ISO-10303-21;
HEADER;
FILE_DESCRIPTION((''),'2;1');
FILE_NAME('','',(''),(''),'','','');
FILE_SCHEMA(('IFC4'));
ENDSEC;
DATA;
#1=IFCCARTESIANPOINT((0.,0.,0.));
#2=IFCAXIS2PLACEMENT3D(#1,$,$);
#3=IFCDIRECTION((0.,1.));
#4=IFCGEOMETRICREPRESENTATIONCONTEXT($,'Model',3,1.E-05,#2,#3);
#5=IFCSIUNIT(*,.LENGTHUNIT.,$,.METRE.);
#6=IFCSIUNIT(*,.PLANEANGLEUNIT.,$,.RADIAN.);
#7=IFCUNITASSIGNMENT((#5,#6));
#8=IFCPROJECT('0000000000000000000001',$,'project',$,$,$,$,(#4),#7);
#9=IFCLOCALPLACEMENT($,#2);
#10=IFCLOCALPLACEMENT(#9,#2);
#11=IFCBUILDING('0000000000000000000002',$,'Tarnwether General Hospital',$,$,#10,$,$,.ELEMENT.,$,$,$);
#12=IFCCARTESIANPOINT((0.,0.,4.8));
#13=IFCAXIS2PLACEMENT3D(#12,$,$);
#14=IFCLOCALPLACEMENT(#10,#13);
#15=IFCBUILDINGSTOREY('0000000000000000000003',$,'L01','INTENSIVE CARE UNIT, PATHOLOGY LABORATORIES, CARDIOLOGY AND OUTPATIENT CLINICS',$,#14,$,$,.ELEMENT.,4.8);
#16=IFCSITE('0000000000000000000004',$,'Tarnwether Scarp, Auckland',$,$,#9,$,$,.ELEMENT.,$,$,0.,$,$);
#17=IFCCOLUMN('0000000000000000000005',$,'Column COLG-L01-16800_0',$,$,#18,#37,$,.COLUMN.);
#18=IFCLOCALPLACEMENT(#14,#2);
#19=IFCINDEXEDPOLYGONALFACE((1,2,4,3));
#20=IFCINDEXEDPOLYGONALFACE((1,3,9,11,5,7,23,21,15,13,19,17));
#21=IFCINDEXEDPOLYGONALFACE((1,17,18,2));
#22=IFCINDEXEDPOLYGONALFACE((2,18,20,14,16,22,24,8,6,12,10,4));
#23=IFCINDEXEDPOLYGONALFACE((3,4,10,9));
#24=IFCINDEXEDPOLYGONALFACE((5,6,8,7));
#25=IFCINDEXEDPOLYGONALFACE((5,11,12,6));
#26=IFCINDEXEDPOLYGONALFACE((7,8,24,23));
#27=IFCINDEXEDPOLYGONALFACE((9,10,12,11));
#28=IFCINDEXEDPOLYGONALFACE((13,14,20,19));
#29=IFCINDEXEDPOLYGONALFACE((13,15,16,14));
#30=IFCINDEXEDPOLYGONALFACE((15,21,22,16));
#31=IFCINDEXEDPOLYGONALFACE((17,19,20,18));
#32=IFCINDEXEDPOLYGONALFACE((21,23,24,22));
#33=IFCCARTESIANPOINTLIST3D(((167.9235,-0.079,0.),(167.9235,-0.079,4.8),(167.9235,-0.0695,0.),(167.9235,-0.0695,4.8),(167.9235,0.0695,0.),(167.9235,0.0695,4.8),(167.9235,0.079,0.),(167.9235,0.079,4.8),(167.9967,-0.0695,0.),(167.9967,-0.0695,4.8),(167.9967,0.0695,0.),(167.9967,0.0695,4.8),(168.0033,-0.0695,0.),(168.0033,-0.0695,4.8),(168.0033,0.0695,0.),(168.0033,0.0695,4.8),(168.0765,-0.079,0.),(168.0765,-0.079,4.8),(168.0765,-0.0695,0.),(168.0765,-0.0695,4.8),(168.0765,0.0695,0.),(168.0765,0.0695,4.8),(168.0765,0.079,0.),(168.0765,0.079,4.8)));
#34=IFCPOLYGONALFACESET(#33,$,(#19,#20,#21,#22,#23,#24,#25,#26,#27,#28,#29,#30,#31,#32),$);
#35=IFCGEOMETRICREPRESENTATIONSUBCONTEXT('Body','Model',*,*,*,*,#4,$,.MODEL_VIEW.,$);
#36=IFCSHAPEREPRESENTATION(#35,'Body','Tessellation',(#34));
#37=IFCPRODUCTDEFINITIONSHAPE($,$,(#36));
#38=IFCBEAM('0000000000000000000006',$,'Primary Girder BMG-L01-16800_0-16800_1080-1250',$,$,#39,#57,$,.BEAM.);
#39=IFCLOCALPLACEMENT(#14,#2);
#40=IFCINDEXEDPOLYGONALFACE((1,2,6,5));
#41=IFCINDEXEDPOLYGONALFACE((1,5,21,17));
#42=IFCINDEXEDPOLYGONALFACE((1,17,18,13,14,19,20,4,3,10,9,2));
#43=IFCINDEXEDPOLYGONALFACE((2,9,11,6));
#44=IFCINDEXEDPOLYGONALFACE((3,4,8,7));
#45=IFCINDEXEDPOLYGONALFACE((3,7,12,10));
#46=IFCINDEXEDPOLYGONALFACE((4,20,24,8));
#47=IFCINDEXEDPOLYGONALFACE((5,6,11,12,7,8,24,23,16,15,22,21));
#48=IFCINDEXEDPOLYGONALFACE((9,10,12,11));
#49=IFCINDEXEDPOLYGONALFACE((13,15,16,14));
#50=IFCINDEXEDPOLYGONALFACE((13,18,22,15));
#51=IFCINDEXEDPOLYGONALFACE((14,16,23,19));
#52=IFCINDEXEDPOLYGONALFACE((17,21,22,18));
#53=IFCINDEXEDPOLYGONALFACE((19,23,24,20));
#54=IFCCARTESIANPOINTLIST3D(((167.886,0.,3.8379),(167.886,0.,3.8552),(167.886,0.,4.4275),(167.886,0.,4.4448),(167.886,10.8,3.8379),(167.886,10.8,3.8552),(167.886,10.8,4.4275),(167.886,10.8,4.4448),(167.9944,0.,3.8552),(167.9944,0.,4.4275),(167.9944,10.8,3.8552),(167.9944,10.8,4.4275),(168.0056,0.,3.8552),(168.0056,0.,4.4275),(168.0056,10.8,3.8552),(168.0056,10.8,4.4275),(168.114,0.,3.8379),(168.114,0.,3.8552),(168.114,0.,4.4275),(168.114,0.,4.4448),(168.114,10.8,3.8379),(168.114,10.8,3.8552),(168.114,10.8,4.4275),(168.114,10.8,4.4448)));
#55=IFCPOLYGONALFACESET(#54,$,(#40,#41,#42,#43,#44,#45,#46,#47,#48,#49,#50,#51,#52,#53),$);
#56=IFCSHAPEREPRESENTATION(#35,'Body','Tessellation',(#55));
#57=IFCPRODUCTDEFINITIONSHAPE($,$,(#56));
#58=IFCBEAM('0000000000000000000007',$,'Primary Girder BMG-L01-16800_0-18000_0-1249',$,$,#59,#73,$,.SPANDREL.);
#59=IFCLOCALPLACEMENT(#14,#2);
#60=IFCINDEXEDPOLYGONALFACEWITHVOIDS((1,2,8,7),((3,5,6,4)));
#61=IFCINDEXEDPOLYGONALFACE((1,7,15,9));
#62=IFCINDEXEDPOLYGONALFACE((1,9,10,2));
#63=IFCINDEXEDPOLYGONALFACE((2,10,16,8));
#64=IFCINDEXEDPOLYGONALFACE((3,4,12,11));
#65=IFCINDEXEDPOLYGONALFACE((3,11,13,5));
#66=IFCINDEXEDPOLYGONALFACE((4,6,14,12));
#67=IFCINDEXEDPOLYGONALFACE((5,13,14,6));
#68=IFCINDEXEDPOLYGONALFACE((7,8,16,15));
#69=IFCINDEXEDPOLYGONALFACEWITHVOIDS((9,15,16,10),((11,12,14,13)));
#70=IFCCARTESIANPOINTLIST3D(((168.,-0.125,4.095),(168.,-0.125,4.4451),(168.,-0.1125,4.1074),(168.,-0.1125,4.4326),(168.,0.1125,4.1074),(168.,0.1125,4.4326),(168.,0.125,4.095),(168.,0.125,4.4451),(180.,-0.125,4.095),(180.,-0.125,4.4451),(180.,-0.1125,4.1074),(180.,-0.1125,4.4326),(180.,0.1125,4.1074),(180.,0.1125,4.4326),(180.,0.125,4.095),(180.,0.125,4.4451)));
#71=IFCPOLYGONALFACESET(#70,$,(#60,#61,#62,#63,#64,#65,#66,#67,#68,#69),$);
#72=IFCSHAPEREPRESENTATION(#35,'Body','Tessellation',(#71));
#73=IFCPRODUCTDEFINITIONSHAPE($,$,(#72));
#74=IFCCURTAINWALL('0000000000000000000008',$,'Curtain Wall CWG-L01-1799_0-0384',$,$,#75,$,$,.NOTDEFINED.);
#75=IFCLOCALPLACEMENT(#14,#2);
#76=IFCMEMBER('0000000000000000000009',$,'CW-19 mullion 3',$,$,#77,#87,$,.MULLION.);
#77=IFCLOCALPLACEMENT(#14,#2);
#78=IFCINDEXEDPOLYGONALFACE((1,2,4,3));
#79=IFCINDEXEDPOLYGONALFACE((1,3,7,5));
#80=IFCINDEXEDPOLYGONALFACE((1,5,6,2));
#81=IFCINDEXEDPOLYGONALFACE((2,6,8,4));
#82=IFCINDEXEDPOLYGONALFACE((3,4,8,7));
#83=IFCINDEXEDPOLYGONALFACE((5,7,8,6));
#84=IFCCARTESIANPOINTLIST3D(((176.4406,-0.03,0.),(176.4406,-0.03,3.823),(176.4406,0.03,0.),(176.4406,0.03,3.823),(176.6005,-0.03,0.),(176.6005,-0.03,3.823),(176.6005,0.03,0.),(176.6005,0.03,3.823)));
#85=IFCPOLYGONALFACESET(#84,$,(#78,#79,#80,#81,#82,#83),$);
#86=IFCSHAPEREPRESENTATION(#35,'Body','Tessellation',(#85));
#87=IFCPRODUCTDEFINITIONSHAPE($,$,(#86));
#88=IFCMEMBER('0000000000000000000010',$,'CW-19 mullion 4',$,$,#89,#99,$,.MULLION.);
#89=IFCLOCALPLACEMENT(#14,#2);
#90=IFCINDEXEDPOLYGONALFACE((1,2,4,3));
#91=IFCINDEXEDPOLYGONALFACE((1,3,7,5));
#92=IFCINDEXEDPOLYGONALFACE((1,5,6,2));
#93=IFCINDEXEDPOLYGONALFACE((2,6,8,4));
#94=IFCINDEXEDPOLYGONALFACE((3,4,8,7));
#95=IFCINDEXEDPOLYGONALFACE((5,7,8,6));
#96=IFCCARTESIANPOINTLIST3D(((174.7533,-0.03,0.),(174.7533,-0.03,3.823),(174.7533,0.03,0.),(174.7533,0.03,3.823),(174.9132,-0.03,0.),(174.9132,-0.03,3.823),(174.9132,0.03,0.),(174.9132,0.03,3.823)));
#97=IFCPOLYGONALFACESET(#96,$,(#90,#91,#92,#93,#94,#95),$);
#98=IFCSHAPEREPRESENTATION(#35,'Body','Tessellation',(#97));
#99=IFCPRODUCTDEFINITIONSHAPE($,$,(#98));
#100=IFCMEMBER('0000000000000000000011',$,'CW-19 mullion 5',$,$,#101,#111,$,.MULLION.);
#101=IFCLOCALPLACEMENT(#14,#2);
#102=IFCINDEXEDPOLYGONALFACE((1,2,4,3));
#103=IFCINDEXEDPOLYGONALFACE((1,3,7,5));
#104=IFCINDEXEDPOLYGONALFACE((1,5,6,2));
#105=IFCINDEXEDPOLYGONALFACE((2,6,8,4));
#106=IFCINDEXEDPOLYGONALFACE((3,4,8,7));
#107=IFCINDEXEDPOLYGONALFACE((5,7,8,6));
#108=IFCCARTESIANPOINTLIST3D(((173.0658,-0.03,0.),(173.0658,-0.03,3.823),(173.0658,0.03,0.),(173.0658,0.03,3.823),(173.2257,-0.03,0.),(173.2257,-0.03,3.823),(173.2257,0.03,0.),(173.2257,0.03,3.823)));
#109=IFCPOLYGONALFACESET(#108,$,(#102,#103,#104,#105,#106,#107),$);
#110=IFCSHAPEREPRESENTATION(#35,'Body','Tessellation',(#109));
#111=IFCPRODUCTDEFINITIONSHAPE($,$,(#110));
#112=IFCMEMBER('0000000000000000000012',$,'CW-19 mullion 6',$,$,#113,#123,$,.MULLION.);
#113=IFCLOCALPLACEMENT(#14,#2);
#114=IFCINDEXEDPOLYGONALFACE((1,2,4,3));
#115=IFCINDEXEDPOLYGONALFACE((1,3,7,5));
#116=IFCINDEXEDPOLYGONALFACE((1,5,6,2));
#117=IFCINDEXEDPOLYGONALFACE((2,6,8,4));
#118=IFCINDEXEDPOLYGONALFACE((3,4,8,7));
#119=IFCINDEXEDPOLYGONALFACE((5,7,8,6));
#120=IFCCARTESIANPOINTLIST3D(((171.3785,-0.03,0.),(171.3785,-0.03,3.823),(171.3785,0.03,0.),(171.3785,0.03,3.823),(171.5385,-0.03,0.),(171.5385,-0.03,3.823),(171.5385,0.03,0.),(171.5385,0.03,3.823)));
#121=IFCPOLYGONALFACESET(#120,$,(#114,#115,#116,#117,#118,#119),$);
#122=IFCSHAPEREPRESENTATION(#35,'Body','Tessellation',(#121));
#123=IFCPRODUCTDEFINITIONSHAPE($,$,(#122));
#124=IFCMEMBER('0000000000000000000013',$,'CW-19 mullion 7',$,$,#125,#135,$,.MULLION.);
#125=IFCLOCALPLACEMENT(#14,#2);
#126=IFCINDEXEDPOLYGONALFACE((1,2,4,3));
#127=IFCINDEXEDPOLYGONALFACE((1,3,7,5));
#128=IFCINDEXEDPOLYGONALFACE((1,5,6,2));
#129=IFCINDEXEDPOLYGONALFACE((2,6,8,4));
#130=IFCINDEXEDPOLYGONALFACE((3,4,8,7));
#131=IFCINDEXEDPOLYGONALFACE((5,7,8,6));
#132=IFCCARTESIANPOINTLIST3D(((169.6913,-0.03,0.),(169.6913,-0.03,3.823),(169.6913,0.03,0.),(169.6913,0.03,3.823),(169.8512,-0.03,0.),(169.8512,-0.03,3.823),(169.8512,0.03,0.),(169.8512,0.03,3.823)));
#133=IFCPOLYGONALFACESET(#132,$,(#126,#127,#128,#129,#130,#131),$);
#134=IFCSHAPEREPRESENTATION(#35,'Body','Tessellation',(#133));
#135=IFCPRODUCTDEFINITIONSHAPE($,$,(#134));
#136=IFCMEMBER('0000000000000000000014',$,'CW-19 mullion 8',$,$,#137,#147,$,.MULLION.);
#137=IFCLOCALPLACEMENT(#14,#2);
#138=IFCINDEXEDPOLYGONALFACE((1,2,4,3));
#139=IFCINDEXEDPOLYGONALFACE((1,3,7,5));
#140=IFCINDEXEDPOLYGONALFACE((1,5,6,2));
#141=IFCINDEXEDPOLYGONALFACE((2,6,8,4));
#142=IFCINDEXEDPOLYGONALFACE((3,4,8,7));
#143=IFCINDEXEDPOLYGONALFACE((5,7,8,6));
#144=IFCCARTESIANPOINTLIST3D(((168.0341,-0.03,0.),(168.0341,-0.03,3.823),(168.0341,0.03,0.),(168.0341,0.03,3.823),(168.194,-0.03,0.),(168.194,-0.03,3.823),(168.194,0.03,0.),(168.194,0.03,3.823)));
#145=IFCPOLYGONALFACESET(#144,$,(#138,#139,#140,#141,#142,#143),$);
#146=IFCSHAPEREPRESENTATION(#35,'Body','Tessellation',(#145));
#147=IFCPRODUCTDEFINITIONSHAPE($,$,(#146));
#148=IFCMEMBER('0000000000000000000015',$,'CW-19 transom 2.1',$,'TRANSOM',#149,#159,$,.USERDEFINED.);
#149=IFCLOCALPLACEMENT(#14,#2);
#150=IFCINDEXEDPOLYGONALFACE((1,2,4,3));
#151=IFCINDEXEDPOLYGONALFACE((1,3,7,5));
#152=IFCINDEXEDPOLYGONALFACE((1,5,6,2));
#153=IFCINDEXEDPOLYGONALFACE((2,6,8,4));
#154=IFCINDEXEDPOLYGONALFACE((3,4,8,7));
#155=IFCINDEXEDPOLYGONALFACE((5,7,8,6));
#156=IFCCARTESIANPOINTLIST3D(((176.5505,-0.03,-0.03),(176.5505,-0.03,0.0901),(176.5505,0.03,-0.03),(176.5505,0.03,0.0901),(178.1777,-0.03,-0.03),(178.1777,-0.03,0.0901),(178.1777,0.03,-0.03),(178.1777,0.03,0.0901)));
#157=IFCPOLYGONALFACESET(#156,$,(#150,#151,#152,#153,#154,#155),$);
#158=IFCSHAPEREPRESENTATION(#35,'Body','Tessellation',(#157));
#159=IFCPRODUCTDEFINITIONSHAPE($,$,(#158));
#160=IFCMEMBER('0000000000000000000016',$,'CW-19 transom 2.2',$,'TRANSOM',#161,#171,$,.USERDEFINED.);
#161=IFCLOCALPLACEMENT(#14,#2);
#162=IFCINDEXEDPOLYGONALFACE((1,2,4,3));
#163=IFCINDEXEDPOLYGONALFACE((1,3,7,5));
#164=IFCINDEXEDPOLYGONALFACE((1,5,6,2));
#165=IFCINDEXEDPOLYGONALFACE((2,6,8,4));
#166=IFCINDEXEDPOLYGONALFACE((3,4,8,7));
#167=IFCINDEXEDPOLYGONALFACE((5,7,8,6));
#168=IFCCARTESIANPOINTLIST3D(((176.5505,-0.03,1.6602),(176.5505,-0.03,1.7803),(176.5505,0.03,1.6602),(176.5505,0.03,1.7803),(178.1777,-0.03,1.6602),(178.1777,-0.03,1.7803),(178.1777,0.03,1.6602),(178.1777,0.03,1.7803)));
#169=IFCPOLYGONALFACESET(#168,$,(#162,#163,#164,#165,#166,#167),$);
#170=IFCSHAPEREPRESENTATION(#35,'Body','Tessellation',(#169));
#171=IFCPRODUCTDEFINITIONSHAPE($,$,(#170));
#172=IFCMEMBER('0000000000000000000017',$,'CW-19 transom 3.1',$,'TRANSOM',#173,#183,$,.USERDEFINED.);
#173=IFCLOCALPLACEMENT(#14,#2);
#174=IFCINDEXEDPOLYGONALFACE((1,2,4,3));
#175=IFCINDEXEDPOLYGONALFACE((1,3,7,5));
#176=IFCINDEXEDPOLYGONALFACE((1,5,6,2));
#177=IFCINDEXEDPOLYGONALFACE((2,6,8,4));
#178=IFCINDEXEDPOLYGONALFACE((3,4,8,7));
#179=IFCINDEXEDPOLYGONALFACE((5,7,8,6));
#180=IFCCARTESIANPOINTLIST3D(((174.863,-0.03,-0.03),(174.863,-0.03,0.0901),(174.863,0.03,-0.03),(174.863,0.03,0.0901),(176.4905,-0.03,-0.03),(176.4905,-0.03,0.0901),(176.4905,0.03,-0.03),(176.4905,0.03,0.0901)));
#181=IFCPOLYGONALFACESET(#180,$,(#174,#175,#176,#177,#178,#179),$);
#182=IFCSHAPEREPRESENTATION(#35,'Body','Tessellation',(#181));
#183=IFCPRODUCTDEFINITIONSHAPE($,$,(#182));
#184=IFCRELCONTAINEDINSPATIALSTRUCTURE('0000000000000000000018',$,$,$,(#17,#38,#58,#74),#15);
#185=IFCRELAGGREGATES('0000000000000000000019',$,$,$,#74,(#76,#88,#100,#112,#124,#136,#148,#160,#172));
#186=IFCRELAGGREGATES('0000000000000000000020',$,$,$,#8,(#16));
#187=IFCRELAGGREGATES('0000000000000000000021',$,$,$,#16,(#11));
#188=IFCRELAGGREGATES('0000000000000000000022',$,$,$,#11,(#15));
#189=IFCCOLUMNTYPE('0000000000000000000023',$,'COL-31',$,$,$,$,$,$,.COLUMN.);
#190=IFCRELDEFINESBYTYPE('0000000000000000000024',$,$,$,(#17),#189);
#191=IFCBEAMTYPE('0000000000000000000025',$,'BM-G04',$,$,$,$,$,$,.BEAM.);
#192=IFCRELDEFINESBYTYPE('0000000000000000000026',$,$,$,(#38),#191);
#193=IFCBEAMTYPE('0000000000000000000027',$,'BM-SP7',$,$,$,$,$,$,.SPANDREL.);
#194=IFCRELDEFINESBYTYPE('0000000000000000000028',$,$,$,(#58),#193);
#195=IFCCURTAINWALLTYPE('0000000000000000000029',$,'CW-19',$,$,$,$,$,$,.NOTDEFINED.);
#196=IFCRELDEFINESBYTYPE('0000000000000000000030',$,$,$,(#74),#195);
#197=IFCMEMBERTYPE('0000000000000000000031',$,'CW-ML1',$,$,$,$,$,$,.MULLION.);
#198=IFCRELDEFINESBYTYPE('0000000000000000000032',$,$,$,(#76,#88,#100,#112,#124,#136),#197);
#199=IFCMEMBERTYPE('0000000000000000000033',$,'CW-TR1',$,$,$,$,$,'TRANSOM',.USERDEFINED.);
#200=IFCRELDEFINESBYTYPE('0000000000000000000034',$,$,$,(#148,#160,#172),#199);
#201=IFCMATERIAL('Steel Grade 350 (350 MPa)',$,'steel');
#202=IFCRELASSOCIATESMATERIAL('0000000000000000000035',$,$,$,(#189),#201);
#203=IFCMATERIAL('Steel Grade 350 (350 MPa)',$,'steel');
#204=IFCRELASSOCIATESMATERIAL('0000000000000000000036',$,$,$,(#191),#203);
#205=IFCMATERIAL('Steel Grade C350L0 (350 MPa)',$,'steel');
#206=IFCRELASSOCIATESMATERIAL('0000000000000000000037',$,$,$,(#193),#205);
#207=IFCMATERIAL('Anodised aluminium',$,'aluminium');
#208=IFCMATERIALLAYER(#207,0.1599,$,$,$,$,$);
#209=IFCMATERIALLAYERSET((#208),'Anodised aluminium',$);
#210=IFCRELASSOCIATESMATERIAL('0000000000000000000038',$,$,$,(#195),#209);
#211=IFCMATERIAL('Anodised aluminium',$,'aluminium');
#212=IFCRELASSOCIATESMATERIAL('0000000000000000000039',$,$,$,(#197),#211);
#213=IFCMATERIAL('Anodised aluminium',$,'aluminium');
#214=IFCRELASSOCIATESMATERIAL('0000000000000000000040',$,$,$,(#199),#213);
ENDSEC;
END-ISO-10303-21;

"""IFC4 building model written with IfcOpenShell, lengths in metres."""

from ifc_helpers import new_model, si_unit, direction, frame, origin, origin_2d, place, context, subcontext, project, spatial, rectangle, hollow_rectangle, i_section, extrude, material, layer, layer_set, material_profile, profile_set, type_object, element, aggregate, save


model = new_model("IFC4")

# Units and contexts
model_context = context("Model", 3, precision=1e-05, world=origin(), true_north=direction((0.0, 1.0)))
body_context = subcontext(model_context, "Body", "Model", "MODEL_VIEW")
ifc_project = project(units=[si_unit("LENGTHUNIT", "METRE"), si_unit("PLANEANGLEUNIT", "RADIAN")], contexts=[model_context])

# Site, building, storey
site_placement = place(None, origin())
site = spatial("IfcSite", under=ifc_project, at=site_placement, Name="Tarnwether Scarp, Auckland", CompositionType="ELEMENT", RefElevation=0.0)
building_placement = place(site_placement, origin())
building = spatial("IfcBuilding", under=site, at=building_placement, Name="Tarnwether General Hospital", CompositionType="ELEMENT")
storey_placement = place(building_placement, frame((0.0, 0.0, 4.8)))
storey = spatial("IfcBuildingStorey", under=building, at=storey_placement, Name="L01", Description="INTENSIVE CARE UNIT, PATHOLOGY LABORATORIES, CARDIOLOGY AND OUTPATIENT CLINICS", CompositionType="ELEMENT", Elevation=4.8)

# Column
ifc_material_1 = material(Name="Steel Grade 350 (350 MPa)", Category="steel")
ifc_material_profile_1 = material_profile(ifc_material_1, i_section(OverallWidth=0.1531, OverallDepth=0.158, WebThickness=0.0066, FlangeThickness=0.0095, at=origin_2d()), Name="150UC30.0")
ifc_profile_set_1 = profile_set([ifc_material_profile_1], Name="Steel Grade 350 (350 MPa)")
column_type = type_object("IfcColumnType", Name="COL-31", PredefinedType="COLUMN", material=ifc_profile_set_1)
column_placement = place(storey_placement, frame((168.0, 0.0, 0.0), z_axis=(0.0, 0.0, 1.0), x_axis=(1.0, 0.0, 0.0)))
element("IfcColumn", 1, at=column_placement, inside=storey, type_object=column_type, Name="Column COLG-L01-16800_0", PredefinedType="COLUMN", context=body_context, shape_type="SweptSolid", body=[
    extrude(i_section(OverallWidth=0.1531, OverallDepth=0.158, WebThickness=0.0066, FlangeThickness=0.0095, at=origin_2d()), origin(), (0.0, 0.0, 1.0), 4.8),
])

# Beams
ifc_material_2 = material(Name="Steel Grade 350 (350 MPa)", Category="steel")
ifc_material_profile_2 = material_profile(ifc_material_2, i_section(OverallWidth=0.228, OverallDepth=0.6069, WebThickness=0.0112, FlangeThickness=0.0173, at=origin_2d()), Name="610UB113")
ifc_profile_set_2 = profile_set([ifc_material_profile_2], Name="Steel Grade 350 (350 MPa)")
beam_type_1 = type_object("IfcBeamType", Name="BM-G04", PredefinedType="BEAM", material=ifc_profile_set_2)
beam_1_placement = place(storey_placement, frame((168.0, 0.0, 4.1414), z_axis=(0.0, 1.0, 0.0), x_axis=(-1.0, 0.0, 0.0)))
element("IfcBeam", 2, at=beam_1_placement, inside=storey, type_object=beam_type_1, Name="Primary Girder BMG-L01-16800_0-16800_1080-1250", PredefinedType="BEAM", context=body_context, shape_type="SweptSolid", body=[
    extrude(i_section(OverallWidth=0.228, OverallDepth=0.6069, WebThickness=0.0112, FlangeThickness=0.0173, at=origin_2d()), origin(), (0.0, 0.0, 1.0), 10.8),
])
ifc_material_3 = material(Name="Steel Grade C350L0 (350 MPa)", Category="steel")
ifc_material_profile_3 = material_profile(ifc_material_3, hollow_rectangle(XDim=0.25, YDim=0.3501, WallThickness=0.0125, at=origin_2d()), Name="RHS350x250x12.5")
ifc_profile_set_3 = profile_set([ifc_material_profile_3], Name="Steel Grade C350L0 (350 MPa)")
beam_type_2 = type_object("IfcBeamType", Name="BM-SP7", PredefinedType="SPANDREL", material=ifc_profile_set_3)
beam_2_placement = place(storey_placement, frame((168.0, 0.0, 4.27), z_axis=(1.0, 0.0, 0.0), x_axis=(0.0, 1.0, 0.0)))
element("IfcBeam", 3, at=beam_2_placement, inside=storey, type_object=beam_type_2, Name="Primary Girder BMG-L01-16800_0-18000_0-1249", PredefinedType="SPANDREL", context=body_context, shape_type="SweptSolid", body=[
    extrude(hollow_rectangle(XDim=0.25, YDim=0.3501, WallThickness=0.0125, at=origin_2d()), origin(), (0.0, 0.0, 1.0), 12.0),
])

# Curtain wall, members
ifc_material_4 = material(Name="Anodised aluminium", Category="aluminium")
ifc_layer_1 = layer(ifc_material_4, 0.1599)
ifc_layer_set_1 = layer_set([ifc_layer_1], Name="Anodised aluminium")
curtain_wall_type = type_object("IfcCurtainWallType", Name="CW-19", PredefinedType="NOTDEFINED", material=ifc_layer_set_1)
curtain_wall_placement = place(storey_placement, origin())
curtain_wall = element("IfcCurtainWall", 4, at=curtain_wall_placement, inside=storey, type_object=curtain_wall_type, Name="Curtain Wall CWG-L01-1799_0-0384", PredefinedType="NOTDEFINED")
ifc_material_5 = material(Name="Anodised aluminium", Category="aluminium")
ifc_material_profile_4 = material_profile(ifc_material_5, rectangle(XDim=0.0601, YDim=0.1599, at=origin_2d()), Name="ALU-MUL-60x160")
ifc_profile_set_4 = profile_set([ifc_material_profile_4], Name="Anodised aluminium")
member_type_1 = type_object("IfcMemberType", Name="CW-ML1", PredefinedType="MULLION", material=ifc_profile_set_4)
member_1_placement = place(storey_placement, frame((176.5205, 0.0, 0.0), z_axis=(0.0, 0.0, 1.0), x_axis=(0.0, -1.0, 0.0)))
member_1 = element("IfcMember", 5, at=member_1_placement, type_object=member_type_1, Name="CW-19 mullion 3", PredefinedType="MULLION", context=body_context, shape_type="SweptSolid", body=[
    extrude(rectangle(XDim=0.0601, YDim=0.1599, at=origin_2d()), origin(), (0.0, 0.0, 1.0), 3.823),
])
member_2_placement = place(storey_placement, frame((174.8333, 0.0, 0.0), z_axis=(0.0, 0.0, 1.0), x_axis=(0.0, -1.0, 0.0)))
member_2 = element("IfcMember", 6, at=member_2_placement, type_object=member_type_1, Name="CW-19 mullion 4", PredefinedType="MULLION", context=body_context, shape_type="SweptSolid", body=[
    extrude(rectangle(XDim=0.0601, YDim=0.1599, at=origin_2d()), origin(), (0.0, 0.0, 1.0), 3.823),
])
member_3_placement = place(storey_placement, frame((173.1458, 0.0, 0.0), z_axis=(0.0, 0.0, 1.0), x_axis=(0.0, -1.0, 0.0)))
member_3 = element("IfcMember", 7, at=member_3_placement, type_object=member_type_1, Name="CW-19 mullion 5", PredefinedType="MULLION", context=body_context, shape_type="SweptSolid", body=[
    extrude(rectangle(XDim=0.0601, YDim=0.1599, at=origin_2d()), origin(), (0.0, 0.0, 1.0), 3.823),
])
member_4_placement = place(storey_placement, frame((171.4585, 0.0, 0.0), z_axis=(0.0, 0.0, 1.0), x_axis=(0.0, -1.0, 0.0)))
member_4 = element("IfcMember", 8, at=member_4_placement, type_object=member_type_1, Name="CW-19 mullion 6", PredefinedType="MULLION", context=body_context, shape_type="SweptSolid", body=[
    extrude(rectangle(XDim=0.0601, YDim=0.1599, at=origin_2d()), origin(), (0.0, 0.0, 1.0), 3.823),
])
member_5_placement = place(storey_placement, frame((169.7712, 0.0, 0.0), z_axis=(0.0, 0.0, 1.0), x_axis=(0.0, -1.0, 0.0)))
member_5 = element("IfcMember", 9, at=member_5_placement, type_object=member_type_1, Name="CW-19 mullion 7", PredefinedType="MULLION", context=body_context, shape_type="SweptSolid", body=[
    extrude(rectangle(XDim=0.0601, YDim=0.1599, at=origin_2d()), origin(), (0.0, 0.0, 1.0), 3.823),
])
member_6_placement = place(storey_placement, frame((168.114, 0.0, 0.0), z_axis=(0.0, 0.0, 1.0), x_axis=(0.0, -1.0, 0.0)))
member_6 = element("IfcMember", 10, at=member_6_placement, type_object=member_type_1, Name="CW-19 mullion 8", PredefinedType="MULLION", context=body_context, shape_type="SweptSolid", body=[
    extrude(rectangle(XDim=0.0601, YDim=0.1599, at=origin_2d()), origin(), (0.0, 0.0, 1.0), 3.823),
])
ifc_material_6 = material(Name="Anodised aluminium", Category="aluminium")
ifc_material_profile_5 = material_profile(ifc_material_6, rectangle(XDim=0.0601, YDim=0.1201, at=origin_2d()), Name="ALU-TRN-60x120")
ifc_profile_set_5 = profile_set([ifc_material_profile_5], Name="Anodised aluminium")
member_type_2 = type_object("IfcMemberType", Name="CW-TR1", ElementType="TRANSOM", PredefinedType="USERDEFINED", material=ifc_profile_set_5)
member_7_placement = place(storey_placement, frame((178.1777, 0.0, 0.03), z_axis=(-1.0, 0.0, 0.0), x_axis=(0.0, -1.0, 0.0)))
member_7 = element("IfcMember", 11, at=member_7_placement, type_object=member_type_2, Name="CW-19 transom 2.1", ObjectType="TRANSOM", PredefinedType="USERDEFINED", context=body_context, shape_type="SweptSolid", body=[
    extrude(rectangle(XDim=0.0601, YDim=0.1201, at=origin_2d()), origin(), (0.0, 0.0, 1.0), 1.6272),
])
member_8_placement = place(storey_placement, frame((178.1777, 0.0, 1.7202), z_axis=(-1.0, 0.0, 0.0), x_axis=(0.0, -1.0, 0.0)))
member_8 = element("IfcMember", 12, at=member_8_placement, type_object=member_type_2, Name="CW-19 transom 2.2", ObjectType="TRANSOM", PredefinedType="USERDEFINED", context=body_context, shape_type="SweptSolid", body=[
    extrude(rectangle(XDim=0.0601, YDim=0.1201, at=origin_2d()), origin(), (0.0, 0.0, 1.0), 1.6272),
])
member_9_placement = place(storey_placement, frame((176.4905, 0.0, 0.03), z_axis=(-1.0, 0.0, 0.0), x_axis=(0.0, -1.0, 0.0)))
member_9 = element("IfcMember", 13, at=member_9_placement, type_object=member_type_2, Name="CW-19 transom 3.1", ObjectType="TRANSOM", PredefinedType="USERDEFINED", context=body_context, shape_type="SweptSolid", body=[
    extrude(rectangle(XDim=0.0601, YDim=0.1201, at=origin_2d()), origin(), (0.0, 0.0, 1.0), 1.6274),
])
aggregate(curtain_wall, [member_1, member_2, member_3, member_4, member_5, member_6, member_7, member_8, member_9])

save(model, "model.ifc")
